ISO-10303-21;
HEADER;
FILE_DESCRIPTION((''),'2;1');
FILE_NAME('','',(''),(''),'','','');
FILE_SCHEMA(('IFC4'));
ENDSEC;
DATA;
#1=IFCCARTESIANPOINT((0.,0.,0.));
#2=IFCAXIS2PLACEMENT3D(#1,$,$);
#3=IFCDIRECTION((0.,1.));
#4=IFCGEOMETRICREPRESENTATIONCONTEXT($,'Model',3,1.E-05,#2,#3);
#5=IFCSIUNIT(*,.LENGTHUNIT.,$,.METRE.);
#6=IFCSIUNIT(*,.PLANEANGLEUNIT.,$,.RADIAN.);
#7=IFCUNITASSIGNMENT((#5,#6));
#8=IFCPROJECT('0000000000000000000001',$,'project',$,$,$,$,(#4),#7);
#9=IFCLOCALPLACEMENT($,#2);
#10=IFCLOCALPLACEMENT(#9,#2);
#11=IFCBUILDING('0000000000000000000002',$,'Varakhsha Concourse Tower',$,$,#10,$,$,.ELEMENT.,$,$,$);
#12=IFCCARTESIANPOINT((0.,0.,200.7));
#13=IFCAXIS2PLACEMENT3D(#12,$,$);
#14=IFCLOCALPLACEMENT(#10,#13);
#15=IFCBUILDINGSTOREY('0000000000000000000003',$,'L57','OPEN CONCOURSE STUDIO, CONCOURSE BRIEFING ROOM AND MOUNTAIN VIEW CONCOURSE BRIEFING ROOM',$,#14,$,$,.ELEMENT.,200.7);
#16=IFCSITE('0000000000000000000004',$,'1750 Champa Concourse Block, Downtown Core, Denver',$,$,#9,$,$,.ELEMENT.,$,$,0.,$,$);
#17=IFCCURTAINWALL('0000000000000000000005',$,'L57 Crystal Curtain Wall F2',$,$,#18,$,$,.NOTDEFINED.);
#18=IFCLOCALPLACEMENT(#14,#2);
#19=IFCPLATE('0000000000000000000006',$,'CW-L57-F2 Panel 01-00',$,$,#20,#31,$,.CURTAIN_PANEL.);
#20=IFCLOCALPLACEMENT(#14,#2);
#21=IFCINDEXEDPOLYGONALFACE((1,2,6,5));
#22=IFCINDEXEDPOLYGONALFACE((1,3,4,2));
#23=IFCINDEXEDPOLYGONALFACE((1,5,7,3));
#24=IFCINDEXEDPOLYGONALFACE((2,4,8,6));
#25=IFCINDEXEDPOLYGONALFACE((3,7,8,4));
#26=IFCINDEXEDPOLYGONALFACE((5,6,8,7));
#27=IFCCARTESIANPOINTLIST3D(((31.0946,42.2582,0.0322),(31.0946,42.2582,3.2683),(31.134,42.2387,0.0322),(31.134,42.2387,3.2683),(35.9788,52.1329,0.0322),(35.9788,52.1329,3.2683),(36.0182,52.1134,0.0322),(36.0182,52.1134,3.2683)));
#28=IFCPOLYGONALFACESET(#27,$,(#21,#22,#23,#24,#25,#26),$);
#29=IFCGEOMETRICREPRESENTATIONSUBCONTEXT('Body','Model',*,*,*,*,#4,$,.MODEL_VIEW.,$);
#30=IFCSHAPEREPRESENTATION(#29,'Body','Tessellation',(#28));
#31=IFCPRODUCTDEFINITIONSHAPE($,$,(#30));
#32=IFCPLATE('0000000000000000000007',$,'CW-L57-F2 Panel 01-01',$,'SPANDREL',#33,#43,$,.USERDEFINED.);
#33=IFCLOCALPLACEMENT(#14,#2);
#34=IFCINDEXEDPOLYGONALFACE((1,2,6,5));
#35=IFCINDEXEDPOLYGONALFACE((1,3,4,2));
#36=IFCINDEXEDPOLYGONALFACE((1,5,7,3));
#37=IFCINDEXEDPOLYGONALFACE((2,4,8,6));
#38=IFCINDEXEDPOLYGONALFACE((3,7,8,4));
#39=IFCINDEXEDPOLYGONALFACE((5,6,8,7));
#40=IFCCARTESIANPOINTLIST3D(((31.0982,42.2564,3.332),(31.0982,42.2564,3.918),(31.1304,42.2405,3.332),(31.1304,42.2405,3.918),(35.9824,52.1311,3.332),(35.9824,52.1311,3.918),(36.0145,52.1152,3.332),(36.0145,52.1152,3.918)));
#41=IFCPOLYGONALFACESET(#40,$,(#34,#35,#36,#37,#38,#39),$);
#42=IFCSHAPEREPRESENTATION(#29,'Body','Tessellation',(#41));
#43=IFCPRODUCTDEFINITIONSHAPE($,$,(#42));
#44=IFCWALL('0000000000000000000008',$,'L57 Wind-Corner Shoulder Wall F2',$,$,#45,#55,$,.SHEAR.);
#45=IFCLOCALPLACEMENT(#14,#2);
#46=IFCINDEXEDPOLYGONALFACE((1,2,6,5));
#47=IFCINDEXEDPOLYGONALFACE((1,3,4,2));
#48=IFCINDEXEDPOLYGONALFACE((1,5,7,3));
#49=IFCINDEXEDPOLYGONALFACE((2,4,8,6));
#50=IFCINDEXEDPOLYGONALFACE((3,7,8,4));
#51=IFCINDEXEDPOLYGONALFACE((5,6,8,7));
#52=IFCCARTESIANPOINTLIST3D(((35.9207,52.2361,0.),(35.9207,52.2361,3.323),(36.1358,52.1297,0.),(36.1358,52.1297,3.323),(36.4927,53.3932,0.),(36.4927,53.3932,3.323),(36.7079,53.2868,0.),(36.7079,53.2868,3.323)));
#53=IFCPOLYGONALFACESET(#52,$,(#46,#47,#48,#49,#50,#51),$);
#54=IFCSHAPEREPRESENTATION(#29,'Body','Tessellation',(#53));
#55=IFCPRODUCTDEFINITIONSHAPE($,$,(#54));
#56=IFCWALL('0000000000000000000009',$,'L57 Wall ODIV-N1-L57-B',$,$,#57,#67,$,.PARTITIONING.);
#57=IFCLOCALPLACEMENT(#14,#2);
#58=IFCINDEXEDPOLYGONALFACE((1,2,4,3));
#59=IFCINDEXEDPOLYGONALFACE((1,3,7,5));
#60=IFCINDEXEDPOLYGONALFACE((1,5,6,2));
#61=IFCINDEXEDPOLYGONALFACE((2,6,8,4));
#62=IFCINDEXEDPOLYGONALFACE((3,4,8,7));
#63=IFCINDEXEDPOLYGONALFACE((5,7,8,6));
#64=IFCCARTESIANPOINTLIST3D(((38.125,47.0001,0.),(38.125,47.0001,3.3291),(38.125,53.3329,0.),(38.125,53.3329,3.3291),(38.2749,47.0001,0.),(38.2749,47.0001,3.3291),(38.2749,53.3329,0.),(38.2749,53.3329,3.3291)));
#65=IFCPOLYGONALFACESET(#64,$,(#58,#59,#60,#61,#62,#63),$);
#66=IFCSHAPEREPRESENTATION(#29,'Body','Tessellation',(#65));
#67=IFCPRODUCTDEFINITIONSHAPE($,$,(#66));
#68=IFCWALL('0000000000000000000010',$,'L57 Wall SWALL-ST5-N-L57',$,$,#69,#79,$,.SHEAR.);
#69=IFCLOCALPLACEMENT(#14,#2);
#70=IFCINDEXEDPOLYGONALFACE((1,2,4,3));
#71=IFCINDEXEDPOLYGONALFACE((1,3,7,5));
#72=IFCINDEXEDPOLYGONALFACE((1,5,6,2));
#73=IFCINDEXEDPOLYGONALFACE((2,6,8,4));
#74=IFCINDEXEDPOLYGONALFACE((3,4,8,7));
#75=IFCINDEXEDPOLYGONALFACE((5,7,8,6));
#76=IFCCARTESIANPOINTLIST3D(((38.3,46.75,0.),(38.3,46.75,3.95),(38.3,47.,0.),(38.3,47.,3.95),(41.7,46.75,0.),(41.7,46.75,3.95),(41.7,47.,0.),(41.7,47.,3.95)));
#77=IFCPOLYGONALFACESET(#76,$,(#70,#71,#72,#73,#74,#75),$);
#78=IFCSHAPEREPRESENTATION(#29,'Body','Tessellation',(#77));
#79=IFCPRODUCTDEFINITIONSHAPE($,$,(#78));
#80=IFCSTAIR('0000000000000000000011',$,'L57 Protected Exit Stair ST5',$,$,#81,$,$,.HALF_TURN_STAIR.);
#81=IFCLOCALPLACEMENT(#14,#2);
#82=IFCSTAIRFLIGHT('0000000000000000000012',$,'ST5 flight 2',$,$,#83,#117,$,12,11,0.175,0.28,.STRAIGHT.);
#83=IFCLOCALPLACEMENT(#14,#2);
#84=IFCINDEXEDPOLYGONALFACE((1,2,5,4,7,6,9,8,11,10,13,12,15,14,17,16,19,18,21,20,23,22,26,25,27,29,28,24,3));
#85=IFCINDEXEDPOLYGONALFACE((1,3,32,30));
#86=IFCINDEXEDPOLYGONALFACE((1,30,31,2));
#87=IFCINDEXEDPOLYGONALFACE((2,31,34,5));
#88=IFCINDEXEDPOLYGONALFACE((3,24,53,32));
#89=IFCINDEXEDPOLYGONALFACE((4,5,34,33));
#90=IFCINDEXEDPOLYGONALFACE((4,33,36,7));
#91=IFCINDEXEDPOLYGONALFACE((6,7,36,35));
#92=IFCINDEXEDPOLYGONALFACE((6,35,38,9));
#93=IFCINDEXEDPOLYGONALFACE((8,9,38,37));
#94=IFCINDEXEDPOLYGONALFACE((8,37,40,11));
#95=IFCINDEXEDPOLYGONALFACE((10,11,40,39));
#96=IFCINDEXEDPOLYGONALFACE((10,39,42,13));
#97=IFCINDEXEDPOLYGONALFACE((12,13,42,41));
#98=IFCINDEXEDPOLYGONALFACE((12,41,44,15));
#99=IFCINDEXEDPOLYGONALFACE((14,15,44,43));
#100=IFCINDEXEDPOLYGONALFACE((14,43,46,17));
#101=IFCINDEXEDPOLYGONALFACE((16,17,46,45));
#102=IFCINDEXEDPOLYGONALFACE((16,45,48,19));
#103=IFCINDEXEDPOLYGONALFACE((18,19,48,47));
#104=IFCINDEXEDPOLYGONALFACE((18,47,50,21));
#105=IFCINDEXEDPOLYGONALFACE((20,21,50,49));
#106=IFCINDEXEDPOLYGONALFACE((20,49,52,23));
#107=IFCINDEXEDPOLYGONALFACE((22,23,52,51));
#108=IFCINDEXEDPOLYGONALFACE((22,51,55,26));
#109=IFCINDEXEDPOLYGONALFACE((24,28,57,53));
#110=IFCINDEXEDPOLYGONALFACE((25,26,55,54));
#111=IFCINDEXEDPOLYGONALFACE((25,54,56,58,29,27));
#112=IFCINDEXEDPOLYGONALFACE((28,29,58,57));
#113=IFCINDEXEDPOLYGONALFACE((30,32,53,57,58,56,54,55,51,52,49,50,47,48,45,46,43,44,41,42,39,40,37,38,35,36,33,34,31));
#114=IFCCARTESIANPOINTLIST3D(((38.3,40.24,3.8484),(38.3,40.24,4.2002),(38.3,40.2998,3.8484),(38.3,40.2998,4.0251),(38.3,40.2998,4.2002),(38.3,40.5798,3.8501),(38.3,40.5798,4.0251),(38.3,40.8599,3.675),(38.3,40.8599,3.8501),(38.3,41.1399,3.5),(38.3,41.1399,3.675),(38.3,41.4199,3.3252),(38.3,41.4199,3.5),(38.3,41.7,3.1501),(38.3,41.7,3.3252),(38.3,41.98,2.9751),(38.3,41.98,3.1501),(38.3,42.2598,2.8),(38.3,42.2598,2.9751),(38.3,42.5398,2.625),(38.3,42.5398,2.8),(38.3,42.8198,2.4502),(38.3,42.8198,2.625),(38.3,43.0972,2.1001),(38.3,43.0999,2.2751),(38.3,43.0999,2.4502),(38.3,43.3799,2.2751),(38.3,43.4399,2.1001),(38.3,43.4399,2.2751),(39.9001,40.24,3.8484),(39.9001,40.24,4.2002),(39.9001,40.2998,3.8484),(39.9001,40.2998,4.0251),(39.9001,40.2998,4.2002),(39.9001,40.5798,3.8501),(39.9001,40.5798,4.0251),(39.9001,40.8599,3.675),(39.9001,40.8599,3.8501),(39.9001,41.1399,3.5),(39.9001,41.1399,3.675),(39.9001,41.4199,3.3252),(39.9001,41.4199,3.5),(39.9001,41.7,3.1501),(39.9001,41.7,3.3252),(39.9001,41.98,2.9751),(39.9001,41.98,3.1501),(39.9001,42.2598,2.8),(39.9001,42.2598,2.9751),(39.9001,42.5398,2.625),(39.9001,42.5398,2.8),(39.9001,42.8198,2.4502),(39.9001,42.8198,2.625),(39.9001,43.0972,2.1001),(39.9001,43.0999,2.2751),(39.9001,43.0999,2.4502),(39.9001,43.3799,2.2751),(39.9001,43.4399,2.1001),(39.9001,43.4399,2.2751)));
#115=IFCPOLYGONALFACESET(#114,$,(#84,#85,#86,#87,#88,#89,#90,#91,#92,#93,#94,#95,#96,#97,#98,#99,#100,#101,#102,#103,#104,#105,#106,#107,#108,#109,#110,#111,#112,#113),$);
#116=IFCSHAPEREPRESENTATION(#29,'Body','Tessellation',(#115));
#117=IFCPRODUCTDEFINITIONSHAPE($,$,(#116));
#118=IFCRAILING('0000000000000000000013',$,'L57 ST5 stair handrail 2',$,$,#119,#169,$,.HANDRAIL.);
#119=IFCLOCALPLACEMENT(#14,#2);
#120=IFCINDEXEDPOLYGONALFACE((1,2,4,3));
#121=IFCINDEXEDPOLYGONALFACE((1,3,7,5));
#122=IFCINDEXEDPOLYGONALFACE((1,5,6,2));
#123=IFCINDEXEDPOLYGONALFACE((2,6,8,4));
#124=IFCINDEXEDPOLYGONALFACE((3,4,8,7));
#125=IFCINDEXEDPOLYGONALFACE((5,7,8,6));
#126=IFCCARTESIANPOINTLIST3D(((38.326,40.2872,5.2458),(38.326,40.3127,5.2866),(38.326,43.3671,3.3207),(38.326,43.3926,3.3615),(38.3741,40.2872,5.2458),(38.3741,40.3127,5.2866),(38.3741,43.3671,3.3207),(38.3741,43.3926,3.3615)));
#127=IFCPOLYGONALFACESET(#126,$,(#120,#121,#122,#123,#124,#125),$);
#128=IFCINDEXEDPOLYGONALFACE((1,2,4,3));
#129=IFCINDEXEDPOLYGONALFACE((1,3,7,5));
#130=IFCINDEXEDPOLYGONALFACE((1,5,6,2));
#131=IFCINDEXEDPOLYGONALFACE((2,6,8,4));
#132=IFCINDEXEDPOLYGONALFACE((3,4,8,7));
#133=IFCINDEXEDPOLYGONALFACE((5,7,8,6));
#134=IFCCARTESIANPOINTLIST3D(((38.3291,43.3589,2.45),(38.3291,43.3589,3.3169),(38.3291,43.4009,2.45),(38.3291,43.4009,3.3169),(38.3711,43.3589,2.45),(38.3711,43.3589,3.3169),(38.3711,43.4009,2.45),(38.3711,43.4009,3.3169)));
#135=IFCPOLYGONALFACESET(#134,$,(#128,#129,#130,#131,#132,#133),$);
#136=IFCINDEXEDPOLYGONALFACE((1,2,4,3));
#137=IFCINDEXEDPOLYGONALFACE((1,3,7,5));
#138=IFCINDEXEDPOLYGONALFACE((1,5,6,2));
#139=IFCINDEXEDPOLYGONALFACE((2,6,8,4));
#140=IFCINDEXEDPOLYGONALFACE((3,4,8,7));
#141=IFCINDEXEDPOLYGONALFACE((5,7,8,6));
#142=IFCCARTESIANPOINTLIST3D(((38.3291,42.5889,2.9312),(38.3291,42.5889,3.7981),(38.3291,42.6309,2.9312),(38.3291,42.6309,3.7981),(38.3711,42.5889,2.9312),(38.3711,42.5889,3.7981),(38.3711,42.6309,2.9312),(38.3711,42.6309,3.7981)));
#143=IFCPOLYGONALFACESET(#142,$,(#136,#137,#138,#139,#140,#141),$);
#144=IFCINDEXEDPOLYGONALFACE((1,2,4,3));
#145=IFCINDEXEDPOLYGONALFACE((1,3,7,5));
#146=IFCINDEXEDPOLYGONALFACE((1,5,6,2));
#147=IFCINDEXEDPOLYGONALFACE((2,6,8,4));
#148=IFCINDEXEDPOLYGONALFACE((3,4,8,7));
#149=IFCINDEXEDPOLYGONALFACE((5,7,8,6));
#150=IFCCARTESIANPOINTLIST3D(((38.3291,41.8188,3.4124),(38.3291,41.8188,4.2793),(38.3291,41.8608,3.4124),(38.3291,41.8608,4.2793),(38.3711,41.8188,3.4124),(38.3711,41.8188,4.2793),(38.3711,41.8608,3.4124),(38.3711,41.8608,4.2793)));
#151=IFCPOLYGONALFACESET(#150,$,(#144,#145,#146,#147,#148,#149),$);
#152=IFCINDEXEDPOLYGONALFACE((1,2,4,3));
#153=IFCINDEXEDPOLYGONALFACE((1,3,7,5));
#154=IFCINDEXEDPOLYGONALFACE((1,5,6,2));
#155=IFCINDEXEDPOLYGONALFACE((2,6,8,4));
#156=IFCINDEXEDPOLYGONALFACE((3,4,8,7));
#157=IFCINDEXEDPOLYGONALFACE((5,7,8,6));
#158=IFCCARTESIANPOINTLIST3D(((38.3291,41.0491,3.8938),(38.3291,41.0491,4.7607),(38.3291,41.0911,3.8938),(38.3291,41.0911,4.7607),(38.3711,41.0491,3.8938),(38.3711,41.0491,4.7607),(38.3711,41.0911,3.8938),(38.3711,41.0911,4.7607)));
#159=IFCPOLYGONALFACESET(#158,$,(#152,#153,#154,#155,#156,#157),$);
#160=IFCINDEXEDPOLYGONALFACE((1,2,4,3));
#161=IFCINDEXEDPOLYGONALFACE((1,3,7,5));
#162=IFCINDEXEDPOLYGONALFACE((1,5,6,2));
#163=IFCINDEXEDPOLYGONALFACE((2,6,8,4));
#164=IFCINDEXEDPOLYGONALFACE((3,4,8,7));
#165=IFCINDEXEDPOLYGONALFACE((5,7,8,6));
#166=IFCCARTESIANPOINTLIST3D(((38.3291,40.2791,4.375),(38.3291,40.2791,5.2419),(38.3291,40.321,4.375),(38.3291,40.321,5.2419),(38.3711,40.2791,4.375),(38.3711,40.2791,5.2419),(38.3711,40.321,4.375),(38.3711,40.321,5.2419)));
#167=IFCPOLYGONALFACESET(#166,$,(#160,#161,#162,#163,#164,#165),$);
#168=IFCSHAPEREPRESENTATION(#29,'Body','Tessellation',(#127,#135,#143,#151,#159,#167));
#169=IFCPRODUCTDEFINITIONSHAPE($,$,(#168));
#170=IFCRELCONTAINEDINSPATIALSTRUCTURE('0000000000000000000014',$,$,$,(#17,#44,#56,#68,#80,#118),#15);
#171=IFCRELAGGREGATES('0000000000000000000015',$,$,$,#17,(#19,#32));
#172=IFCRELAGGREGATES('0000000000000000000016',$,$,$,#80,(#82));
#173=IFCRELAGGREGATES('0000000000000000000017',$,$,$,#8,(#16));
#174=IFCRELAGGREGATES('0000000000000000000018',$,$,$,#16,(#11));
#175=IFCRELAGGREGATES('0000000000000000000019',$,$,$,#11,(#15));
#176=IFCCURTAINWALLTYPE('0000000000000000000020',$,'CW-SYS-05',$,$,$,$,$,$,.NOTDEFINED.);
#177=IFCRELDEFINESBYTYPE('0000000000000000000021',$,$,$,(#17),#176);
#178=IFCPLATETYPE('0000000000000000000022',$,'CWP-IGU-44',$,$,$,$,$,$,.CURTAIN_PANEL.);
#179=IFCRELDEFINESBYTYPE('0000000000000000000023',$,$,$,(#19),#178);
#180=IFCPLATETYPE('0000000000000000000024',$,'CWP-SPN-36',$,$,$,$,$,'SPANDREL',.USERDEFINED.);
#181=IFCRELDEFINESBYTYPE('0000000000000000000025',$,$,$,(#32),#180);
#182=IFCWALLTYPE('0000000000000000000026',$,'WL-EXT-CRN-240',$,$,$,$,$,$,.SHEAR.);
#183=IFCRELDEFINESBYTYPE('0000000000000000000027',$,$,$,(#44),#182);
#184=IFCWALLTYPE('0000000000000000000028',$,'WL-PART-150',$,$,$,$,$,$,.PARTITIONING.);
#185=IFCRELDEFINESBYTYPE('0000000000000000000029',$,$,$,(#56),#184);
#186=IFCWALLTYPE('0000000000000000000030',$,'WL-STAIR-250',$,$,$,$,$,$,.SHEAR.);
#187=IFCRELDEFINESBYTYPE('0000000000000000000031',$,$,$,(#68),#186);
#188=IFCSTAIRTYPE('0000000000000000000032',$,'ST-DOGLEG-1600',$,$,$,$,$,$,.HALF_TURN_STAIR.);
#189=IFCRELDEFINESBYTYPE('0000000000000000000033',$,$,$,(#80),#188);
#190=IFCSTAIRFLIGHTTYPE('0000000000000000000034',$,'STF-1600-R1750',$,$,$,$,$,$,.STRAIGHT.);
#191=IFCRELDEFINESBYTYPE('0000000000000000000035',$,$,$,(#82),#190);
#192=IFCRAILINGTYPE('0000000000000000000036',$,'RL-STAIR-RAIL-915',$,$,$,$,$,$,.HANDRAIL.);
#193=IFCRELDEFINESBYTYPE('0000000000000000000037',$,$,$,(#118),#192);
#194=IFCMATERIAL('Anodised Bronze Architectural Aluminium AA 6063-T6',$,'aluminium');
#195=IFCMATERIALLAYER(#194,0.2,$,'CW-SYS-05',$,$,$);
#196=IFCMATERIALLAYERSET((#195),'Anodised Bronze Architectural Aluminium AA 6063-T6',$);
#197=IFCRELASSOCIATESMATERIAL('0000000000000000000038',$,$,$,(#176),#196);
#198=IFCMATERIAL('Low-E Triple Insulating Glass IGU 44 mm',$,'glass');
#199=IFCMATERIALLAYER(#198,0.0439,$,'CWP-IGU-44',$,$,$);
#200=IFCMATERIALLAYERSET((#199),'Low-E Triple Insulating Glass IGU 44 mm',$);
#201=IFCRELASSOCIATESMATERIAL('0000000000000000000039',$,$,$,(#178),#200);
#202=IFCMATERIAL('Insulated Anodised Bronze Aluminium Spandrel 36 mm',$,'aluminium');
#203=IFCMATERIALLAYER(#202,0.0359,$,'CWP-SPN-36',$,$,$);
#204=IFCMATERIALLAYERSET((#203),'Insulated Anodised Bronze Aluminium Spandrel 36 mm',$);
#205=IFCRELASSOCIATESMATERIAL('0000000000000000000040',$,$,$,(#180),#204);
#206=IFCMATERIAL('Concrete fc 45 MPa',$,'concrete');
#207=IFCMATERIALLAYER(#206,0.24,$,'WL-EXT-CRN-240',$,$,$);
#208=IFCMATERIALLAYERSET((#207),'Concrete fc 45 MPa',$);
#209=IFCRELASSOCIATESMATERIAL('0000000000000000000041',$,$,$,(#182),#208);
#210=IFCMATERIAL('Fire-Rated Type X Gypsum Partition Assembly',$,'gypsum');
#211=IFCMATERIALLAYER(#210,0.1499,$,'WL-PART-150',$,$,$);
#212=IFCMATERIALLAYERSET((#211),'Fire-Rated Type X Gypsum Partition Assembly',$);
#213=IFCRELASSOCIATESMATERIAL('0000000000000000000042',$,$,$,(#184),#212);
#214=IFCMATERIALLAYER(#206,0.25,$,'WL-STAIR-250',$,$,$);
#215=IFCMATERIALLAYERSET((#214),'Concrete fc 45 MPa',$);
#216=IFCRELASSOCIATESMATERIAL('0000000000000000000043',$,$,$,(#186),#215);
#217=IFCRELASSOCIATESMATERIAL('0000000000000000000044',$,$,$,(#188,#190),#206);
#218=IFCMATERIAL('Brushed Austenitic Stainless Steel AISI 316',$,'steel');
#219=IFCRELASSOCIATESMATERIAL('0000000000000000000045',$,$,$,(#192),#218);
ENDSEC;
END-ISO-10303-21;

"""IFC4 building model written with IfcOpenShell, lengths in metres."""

from ifc_helpers import new_model, si_unit, direction, frame, frame_2d, origin, origin_2d, place, context, subcontext, project, spatial, polyline, rectangle, outline, extrude, source, transform, mapped, material, layer, layer_set, type_object, type_shapes, element, aggregate, save


model = new_model("IFC4")

# Units and contexts
model_context = context("Model", 3, precision=1e-05, world=origin(), true_north=direction((0.0, 1.0)))
body_context = subcontext(model_context, "Body", "Model", "MODEL_VIEW")
ifc_project = project(units=[si_unit("LENGTHUNIT", "METRE"), si_unit("PLANEANGLEUNIT", "RADIAN")], contexts=[model_context])

# Site, building, storey
site_placement = place(None, origin())
site = spatial("IfcSite", under=ifc_project, at=site_placement, Name="1750 Champa Concourse Block, Downtown Core, Denver", CompositionType="ELEMENT", RefElevation=0.0)
building_placement = place(site_placement, origin())
building = spatial("IfcBuilding", under=site, at=building_placement, Name="Varakhsha Concourse Tower", CompositionType="ELEMENT")
storey_placement = place(building_placement, frame((0.0, 0.0, 200.7)))
storey = spatial("IfcBuildingStorey", under=building, at=storey_placement, Name="L57", Description="OPEN CONCOURSE STUDIO, CONCOURSE BRIEFING ROOM AND MOUNTAIN VIEW CONCOURSE BRIEFING ROOM", CompositionType="ELEMENT", Elevation=200.7)

# Shared definitions
ifc_material_1 = material(Name="Anodised Bronze Architectural Aluminium AA 6063-T6", Category="aluminium")
ifc_layer_1 = layer(ifc_material_1, 0.2, Name="CW-SYS-05")
ifc_layer_set_1 = layer_set([ifc_layer_1], Name="Anodised Bronze Architectural Aluminium AA 6063-T6")
curtain_wall_type = type_object("IfcCurtainWallType", Name="CW-SYS-05", PredefinedType="NOTDEFINED", material=ifc_layer_set_1)

# Curtain wall
curtain_wall_1_placement = place(storey_placement, origin())
curtain_wall_1 = element("IfcCurtainWall", 1, at=curtain_wall_1_placement, inside=storey, type_object=curtain_wall_type, Name="L57 Crystal Curtain Wall F2", PredefinedType="NOTDEFINED")

# Plates
ifc_material_2 = material(Name="Low-E Triple Insulating Glass IGU 44 mm", Category="glass")
ifc_layer_2 = layer(ifc_material_2, 0.0439, Name="CWP-IGU-44")
ifc_layer_set_2 = layer_set([ifc_layer_2], Name="Low-E Triple Insulating Glass IGU 44 mm")
plate_type_1 = type_object("IfcPlateType", Name="CWP-IGU-44", PredefinedType="CURTAIN_PANEL", material=ifc_layer_set_2)
shared_shape_1 = source(origin(), body_context, "Body", "SweptSolid", [
    extrude(rectangle(XDim=11.0166, YDim=0.0439, at=origin_2d()), origin(), (0.0, 0.0, 1.0), 3.2361),
])
type_shapes(plate_type_1, [shared_shape_1])
plate_1_placement = place(storey_placement, frame((33.5564, 47.1858, 0.0322), z_axis=(0.0, 0.0, 1.0), x_axis=(0.443343, 0.896352, 0.0)))
plate_1 = element("IfcPlate", 2, at=plate_1_placement, type_object=plate_type_1, Name="CW-L57-F2 Panel 01-00", PredefinedType="CURTAIN_PANEL", context=body_context, shape_type="MappedRepresentation", body=[
    mapped(shared_shape_1, transform((0.0, 0.0, 0.0), scale=1.0)),
])
ifc_material_3 = material(Name="Insulated Anodised Bronze Aluminium Spandrel 36 mm", Category="aluminium")
ifc_layer_3 = layer(ifc_material_3, 0.0359, Name="CWP-SPN-36")
ifc_layer_set_3 = layer_set([ifc_layer_3], Name="Insulated Anodised Bronze Aluminium Spandrel 36 mm")
plate_type_2 = type_object("IfcPlateType", Name="CWP-SPN-36", ElementType="SPANDREL", PredefinedType="USERDEFINED", material=ifc_layer_set_3)
shared_shape_2 = source(origin(), body_context, "Body", "SweptSolid", [
    extrude(rectangle(XDim=11.0166, YDim=0.0359, at=origin_2d()), origin(), (0.0, 0.0, 1.0), 0.5859),
])
type_shapes(plate_type_2, [shared_shape_2])
plate_2_placement = place(storey_placement, frame((33.5564, 47.1858, 3.332), z_axis=(0.0, 0.0, 1.0), x_axis=(0.443343, 0.896352, 0.0)))
plate_2 = element("IfcPlate", 3, at=plate_2_placement, type_object=plate_type_2, Name="CW-L57-F2 Panel 01-01", ObjectType="SPANDREL", PredefinedType="USERDEFINED", context=body_context, shape_type="MappedRepresentation", body=[
    mapped(shared_shape_2, transform((0.0, 0.0, 0.0), scale=1.0)),
])
aggregate(curtain_wall_1, [plate_1, plate_2])

# Walls
ifc_material_4 = material(Name="Concrete fc 45 MPa", Category="concrete")
ifc_layer_4 = layer(ifc_material_4, 0.24, Name="WL-EXT-CRN-240")
ifc_layer_set_4 = layer_set([ifc_layer_4], Name="Concrete fc 45 MPa")
wall_type_1 = type_object("IfcWallType", Name="WL-EXT-CRN-240", PredefinedType="SHEAR", material=ifc_layer_set_4)
wall_1_placement = place(storey_placement, frame((36.6003, 53.3401, 0.0), z_axis=(0.0, 0.0, 1.0), x_axis=(-0.443199, -0.896423, 0.0)))
element("IfcWall", 4, at=wall_1_placement, inside=storey, type_object=wall_type_1, Name="L57 Wind-Corner Shoulder Wall F2", PredefinedType="SHEAR", context=body_context, shape_type="SweptSolid", body=[
    extrude(rectangle(XDim=1.2908, YDim=0.24, at=frame_2d((0.6455, 0.0))), origin(), (0.0, 0.0, 1.0), 3.323),
])
ifc_material_5 = material(Name="Fire-Rated Type X Gypsum Partition Assembly", Category="gypsum")
ifc_layer_5 = layer(ifc_material_5, 0.1499, Name="WL-PART-150")
ifc_layer_set_5 = layer_set([ifc_layer_5], Name="Fire-Rated Type X Gypsum Partition Assembly")
wall_type_2 = type_object("IfcWallType", Name="WL-PART-150", PredefinedType="PARTITIONING", material=ifc_layer_set_5)
wall_2_placement = place(storey_placement, frame((38.2, 47.0, 0.0), z_axis=(0.0, 0.0, 1.0), x_axis=(0.0, 1.0, 0.0)))
element("IfcWall", 5, at=wall_2_placement, inside=storey, type_object=wall_type_2, Name="L57 Wall ODIV-N1-L57-B", PredefinedType="PARTITIONING", context=body_context, shape_type="SweptSolid", body=[
    extrude(rectangle(XDim=6.3328, YDim=0.1499, at=frame_2d((3.1665, 0.0))), origin(), (0.0, 0.0, 1.0), 3.3291),
])
ifc_layer_6 = layer(ifc_material_4, 0.25, Name="WL-STAIR-250")
ifc_layer_set_6 = layer_set([ifc_layer_6], Name="Concrete fc 45 MPa")
wall_type_3 = type_object("IfcWallType", Name="WL-STAIR-250", PredefinedType="SHEAR", material=ifc_layer_set_6)
wall_3_placement = place(storey_placement, frame((38.3, 46.875, 0.0), z_axis=(0.0, 0.0, 1.0), x_axis=(1.0, 0.0, 0.0)))
element("IfcWall", 6, at=wall_3_placement, inside=storey, type_object=wall_type_3, Name="L57 Wall SWALL-ST5-N-L57", PredefinedType="SHEAR", context=body_context, shape_type="SweptSolid", body=[
    extrude(rectangle(XDim=3.3999, YDim=0.25, at=frame_2d((1.7, 0.0))), origin(), (0.0, 0.0, 1.0), 3.95),
])

# Stair, stair flight
stair_type = type_object("IfcStairType", Name="ST-DOGLEG-1600", PredefinedType="HALF_TURN_STAIR", material=ifc_material_4)
stair_placement = place(storey_placement, origin())
stair = element("IfcStair", 7, at=stair_placement, inside=storey, type_object=stair_type, Name="L57 Protected Exit Stair ST5", PredefinedType="HALF_TURN_STAIR")
stair_flight_type = type_object("IfcStairFlightType", Name="STF-1600-R1750", PredefinedType="STRAIGHT", material=ifc_material_4)
stair_flight_placement = place(storey_placement, frame((39.1001, 43.3799, 2.1001), z_axis=(0.0, 0.0, 1.0), x_axis=(0.0, -1.0, 0.0)))
stair_flight = element("IfcStairFlight", 8, at=stair_flight_placement, type_object=stair_flight_type, Name="ST5 flight 2", NumberOfRisers=12, NumberOfTreads=11, PredefinedType="STRAIGHT", RiserHeight=0.175, TreadLength=0.28, context=body_context, shape_type="SweptSolid", body=[
    extrude(outline(polyline([(-0.0601, 0.0), (-0.0601, 0.175), (0.0, 0.175), (0.28, 0.175), (0.28, 0.3501), (0.5601, 0.3501), (0.5601, 0.5249), (0.8401, 0.5249), (0.8401, 0.7), (1.1201, 0.7), (1.1201, 0.875), (1.3999, 0.875), (1.3999, 1.05), (1.6799, 1.05), (1.6799, 1.2251), (1.96, 1.2251), (1.96, 1.3999), (2.24, 1.3999), (2.24, 1.575), (2.52, 1.575), (2.52, 1.75), (2.8, 1.75), (2.8, 1.925), (3.0801, 1.925), (3.0801, 2.1001), (3.1399, 2.1001), (3.1399, 1.7483), (3.0801, 1.7483), (0.2827, 0.0), (-0.0601, 0.0)])), frame((0.0, 0.8, 0.0), z_axis=(0.0, -1.0, 0.0), x_axis=(1.0, 0.0, 0.0)), (0.0, 0.0, 1.0), 1.6001),
])
aggregate(stair, [stair_flight])

# Railing
ifc_material_6 = material(Name="Brushed Austenitic Stainless Steel AISI 316", Category="steel")
railing_type = type_object("IfcRailingType", Name="RL-STAIR-RAIL-915", PredefinedType="HANDRAIL", material=ifc_material_6)
railing_placement = place(storey_placement, frame((38.3501, 43.3799, 2.45)))
element("IfcRailing", 9, at=railing_placement, inside=storey, type_object=railing_type, Name="L57 ST5 stair handrail 2", PredefinedType="HANDRAIL", context=body_context, shape_type="SweptSolid", body=[
    extrude(rectangle(XDim=0.0481, YDim=0.0481, at=origin_2d()), frame((0.0, 0.0, 0.8911), z_axis=(0.0, -0.847979, 0.530029), x_axis=(1.0, 0.0, 0.0)), (0.0, 0.0, 1.0), 3.6321),
    extrude(rectangle(XDim=0.042, YDim=0.042, at=origin_2d()), origin(), (0.0, 0.0, 1.0), 0.8669),
    extrude(rectangle(XDim=0.042, YDim=0.042, at=origin_2d()), frame((0.0, -0.77, 0.4812)), (0.0, 0.0, 1.0), 0.8669),
    extrude(rectangle(XDim=0.042, YDim=0.042, at=origin_2d()), frame((0.0, -1.54, 0.9624)), (0.0, 0.0, 1.0), 0.8669),
    extrude(rectangle(XDim=0.042, YDim=0.042, at=origin_2d()), frame((0.0, -2.3098, 1.4438)), (0.0, 0.0, 1.0), 0.8669),
    extrude(rectangle(XDim=0.042, YDim=0.042, at=origin_2d()), frame((0.0, -3.0798, 1.925)), (0.0, 0.0, 1.0), 0.8669),
])

save(model, "model.ifc")
